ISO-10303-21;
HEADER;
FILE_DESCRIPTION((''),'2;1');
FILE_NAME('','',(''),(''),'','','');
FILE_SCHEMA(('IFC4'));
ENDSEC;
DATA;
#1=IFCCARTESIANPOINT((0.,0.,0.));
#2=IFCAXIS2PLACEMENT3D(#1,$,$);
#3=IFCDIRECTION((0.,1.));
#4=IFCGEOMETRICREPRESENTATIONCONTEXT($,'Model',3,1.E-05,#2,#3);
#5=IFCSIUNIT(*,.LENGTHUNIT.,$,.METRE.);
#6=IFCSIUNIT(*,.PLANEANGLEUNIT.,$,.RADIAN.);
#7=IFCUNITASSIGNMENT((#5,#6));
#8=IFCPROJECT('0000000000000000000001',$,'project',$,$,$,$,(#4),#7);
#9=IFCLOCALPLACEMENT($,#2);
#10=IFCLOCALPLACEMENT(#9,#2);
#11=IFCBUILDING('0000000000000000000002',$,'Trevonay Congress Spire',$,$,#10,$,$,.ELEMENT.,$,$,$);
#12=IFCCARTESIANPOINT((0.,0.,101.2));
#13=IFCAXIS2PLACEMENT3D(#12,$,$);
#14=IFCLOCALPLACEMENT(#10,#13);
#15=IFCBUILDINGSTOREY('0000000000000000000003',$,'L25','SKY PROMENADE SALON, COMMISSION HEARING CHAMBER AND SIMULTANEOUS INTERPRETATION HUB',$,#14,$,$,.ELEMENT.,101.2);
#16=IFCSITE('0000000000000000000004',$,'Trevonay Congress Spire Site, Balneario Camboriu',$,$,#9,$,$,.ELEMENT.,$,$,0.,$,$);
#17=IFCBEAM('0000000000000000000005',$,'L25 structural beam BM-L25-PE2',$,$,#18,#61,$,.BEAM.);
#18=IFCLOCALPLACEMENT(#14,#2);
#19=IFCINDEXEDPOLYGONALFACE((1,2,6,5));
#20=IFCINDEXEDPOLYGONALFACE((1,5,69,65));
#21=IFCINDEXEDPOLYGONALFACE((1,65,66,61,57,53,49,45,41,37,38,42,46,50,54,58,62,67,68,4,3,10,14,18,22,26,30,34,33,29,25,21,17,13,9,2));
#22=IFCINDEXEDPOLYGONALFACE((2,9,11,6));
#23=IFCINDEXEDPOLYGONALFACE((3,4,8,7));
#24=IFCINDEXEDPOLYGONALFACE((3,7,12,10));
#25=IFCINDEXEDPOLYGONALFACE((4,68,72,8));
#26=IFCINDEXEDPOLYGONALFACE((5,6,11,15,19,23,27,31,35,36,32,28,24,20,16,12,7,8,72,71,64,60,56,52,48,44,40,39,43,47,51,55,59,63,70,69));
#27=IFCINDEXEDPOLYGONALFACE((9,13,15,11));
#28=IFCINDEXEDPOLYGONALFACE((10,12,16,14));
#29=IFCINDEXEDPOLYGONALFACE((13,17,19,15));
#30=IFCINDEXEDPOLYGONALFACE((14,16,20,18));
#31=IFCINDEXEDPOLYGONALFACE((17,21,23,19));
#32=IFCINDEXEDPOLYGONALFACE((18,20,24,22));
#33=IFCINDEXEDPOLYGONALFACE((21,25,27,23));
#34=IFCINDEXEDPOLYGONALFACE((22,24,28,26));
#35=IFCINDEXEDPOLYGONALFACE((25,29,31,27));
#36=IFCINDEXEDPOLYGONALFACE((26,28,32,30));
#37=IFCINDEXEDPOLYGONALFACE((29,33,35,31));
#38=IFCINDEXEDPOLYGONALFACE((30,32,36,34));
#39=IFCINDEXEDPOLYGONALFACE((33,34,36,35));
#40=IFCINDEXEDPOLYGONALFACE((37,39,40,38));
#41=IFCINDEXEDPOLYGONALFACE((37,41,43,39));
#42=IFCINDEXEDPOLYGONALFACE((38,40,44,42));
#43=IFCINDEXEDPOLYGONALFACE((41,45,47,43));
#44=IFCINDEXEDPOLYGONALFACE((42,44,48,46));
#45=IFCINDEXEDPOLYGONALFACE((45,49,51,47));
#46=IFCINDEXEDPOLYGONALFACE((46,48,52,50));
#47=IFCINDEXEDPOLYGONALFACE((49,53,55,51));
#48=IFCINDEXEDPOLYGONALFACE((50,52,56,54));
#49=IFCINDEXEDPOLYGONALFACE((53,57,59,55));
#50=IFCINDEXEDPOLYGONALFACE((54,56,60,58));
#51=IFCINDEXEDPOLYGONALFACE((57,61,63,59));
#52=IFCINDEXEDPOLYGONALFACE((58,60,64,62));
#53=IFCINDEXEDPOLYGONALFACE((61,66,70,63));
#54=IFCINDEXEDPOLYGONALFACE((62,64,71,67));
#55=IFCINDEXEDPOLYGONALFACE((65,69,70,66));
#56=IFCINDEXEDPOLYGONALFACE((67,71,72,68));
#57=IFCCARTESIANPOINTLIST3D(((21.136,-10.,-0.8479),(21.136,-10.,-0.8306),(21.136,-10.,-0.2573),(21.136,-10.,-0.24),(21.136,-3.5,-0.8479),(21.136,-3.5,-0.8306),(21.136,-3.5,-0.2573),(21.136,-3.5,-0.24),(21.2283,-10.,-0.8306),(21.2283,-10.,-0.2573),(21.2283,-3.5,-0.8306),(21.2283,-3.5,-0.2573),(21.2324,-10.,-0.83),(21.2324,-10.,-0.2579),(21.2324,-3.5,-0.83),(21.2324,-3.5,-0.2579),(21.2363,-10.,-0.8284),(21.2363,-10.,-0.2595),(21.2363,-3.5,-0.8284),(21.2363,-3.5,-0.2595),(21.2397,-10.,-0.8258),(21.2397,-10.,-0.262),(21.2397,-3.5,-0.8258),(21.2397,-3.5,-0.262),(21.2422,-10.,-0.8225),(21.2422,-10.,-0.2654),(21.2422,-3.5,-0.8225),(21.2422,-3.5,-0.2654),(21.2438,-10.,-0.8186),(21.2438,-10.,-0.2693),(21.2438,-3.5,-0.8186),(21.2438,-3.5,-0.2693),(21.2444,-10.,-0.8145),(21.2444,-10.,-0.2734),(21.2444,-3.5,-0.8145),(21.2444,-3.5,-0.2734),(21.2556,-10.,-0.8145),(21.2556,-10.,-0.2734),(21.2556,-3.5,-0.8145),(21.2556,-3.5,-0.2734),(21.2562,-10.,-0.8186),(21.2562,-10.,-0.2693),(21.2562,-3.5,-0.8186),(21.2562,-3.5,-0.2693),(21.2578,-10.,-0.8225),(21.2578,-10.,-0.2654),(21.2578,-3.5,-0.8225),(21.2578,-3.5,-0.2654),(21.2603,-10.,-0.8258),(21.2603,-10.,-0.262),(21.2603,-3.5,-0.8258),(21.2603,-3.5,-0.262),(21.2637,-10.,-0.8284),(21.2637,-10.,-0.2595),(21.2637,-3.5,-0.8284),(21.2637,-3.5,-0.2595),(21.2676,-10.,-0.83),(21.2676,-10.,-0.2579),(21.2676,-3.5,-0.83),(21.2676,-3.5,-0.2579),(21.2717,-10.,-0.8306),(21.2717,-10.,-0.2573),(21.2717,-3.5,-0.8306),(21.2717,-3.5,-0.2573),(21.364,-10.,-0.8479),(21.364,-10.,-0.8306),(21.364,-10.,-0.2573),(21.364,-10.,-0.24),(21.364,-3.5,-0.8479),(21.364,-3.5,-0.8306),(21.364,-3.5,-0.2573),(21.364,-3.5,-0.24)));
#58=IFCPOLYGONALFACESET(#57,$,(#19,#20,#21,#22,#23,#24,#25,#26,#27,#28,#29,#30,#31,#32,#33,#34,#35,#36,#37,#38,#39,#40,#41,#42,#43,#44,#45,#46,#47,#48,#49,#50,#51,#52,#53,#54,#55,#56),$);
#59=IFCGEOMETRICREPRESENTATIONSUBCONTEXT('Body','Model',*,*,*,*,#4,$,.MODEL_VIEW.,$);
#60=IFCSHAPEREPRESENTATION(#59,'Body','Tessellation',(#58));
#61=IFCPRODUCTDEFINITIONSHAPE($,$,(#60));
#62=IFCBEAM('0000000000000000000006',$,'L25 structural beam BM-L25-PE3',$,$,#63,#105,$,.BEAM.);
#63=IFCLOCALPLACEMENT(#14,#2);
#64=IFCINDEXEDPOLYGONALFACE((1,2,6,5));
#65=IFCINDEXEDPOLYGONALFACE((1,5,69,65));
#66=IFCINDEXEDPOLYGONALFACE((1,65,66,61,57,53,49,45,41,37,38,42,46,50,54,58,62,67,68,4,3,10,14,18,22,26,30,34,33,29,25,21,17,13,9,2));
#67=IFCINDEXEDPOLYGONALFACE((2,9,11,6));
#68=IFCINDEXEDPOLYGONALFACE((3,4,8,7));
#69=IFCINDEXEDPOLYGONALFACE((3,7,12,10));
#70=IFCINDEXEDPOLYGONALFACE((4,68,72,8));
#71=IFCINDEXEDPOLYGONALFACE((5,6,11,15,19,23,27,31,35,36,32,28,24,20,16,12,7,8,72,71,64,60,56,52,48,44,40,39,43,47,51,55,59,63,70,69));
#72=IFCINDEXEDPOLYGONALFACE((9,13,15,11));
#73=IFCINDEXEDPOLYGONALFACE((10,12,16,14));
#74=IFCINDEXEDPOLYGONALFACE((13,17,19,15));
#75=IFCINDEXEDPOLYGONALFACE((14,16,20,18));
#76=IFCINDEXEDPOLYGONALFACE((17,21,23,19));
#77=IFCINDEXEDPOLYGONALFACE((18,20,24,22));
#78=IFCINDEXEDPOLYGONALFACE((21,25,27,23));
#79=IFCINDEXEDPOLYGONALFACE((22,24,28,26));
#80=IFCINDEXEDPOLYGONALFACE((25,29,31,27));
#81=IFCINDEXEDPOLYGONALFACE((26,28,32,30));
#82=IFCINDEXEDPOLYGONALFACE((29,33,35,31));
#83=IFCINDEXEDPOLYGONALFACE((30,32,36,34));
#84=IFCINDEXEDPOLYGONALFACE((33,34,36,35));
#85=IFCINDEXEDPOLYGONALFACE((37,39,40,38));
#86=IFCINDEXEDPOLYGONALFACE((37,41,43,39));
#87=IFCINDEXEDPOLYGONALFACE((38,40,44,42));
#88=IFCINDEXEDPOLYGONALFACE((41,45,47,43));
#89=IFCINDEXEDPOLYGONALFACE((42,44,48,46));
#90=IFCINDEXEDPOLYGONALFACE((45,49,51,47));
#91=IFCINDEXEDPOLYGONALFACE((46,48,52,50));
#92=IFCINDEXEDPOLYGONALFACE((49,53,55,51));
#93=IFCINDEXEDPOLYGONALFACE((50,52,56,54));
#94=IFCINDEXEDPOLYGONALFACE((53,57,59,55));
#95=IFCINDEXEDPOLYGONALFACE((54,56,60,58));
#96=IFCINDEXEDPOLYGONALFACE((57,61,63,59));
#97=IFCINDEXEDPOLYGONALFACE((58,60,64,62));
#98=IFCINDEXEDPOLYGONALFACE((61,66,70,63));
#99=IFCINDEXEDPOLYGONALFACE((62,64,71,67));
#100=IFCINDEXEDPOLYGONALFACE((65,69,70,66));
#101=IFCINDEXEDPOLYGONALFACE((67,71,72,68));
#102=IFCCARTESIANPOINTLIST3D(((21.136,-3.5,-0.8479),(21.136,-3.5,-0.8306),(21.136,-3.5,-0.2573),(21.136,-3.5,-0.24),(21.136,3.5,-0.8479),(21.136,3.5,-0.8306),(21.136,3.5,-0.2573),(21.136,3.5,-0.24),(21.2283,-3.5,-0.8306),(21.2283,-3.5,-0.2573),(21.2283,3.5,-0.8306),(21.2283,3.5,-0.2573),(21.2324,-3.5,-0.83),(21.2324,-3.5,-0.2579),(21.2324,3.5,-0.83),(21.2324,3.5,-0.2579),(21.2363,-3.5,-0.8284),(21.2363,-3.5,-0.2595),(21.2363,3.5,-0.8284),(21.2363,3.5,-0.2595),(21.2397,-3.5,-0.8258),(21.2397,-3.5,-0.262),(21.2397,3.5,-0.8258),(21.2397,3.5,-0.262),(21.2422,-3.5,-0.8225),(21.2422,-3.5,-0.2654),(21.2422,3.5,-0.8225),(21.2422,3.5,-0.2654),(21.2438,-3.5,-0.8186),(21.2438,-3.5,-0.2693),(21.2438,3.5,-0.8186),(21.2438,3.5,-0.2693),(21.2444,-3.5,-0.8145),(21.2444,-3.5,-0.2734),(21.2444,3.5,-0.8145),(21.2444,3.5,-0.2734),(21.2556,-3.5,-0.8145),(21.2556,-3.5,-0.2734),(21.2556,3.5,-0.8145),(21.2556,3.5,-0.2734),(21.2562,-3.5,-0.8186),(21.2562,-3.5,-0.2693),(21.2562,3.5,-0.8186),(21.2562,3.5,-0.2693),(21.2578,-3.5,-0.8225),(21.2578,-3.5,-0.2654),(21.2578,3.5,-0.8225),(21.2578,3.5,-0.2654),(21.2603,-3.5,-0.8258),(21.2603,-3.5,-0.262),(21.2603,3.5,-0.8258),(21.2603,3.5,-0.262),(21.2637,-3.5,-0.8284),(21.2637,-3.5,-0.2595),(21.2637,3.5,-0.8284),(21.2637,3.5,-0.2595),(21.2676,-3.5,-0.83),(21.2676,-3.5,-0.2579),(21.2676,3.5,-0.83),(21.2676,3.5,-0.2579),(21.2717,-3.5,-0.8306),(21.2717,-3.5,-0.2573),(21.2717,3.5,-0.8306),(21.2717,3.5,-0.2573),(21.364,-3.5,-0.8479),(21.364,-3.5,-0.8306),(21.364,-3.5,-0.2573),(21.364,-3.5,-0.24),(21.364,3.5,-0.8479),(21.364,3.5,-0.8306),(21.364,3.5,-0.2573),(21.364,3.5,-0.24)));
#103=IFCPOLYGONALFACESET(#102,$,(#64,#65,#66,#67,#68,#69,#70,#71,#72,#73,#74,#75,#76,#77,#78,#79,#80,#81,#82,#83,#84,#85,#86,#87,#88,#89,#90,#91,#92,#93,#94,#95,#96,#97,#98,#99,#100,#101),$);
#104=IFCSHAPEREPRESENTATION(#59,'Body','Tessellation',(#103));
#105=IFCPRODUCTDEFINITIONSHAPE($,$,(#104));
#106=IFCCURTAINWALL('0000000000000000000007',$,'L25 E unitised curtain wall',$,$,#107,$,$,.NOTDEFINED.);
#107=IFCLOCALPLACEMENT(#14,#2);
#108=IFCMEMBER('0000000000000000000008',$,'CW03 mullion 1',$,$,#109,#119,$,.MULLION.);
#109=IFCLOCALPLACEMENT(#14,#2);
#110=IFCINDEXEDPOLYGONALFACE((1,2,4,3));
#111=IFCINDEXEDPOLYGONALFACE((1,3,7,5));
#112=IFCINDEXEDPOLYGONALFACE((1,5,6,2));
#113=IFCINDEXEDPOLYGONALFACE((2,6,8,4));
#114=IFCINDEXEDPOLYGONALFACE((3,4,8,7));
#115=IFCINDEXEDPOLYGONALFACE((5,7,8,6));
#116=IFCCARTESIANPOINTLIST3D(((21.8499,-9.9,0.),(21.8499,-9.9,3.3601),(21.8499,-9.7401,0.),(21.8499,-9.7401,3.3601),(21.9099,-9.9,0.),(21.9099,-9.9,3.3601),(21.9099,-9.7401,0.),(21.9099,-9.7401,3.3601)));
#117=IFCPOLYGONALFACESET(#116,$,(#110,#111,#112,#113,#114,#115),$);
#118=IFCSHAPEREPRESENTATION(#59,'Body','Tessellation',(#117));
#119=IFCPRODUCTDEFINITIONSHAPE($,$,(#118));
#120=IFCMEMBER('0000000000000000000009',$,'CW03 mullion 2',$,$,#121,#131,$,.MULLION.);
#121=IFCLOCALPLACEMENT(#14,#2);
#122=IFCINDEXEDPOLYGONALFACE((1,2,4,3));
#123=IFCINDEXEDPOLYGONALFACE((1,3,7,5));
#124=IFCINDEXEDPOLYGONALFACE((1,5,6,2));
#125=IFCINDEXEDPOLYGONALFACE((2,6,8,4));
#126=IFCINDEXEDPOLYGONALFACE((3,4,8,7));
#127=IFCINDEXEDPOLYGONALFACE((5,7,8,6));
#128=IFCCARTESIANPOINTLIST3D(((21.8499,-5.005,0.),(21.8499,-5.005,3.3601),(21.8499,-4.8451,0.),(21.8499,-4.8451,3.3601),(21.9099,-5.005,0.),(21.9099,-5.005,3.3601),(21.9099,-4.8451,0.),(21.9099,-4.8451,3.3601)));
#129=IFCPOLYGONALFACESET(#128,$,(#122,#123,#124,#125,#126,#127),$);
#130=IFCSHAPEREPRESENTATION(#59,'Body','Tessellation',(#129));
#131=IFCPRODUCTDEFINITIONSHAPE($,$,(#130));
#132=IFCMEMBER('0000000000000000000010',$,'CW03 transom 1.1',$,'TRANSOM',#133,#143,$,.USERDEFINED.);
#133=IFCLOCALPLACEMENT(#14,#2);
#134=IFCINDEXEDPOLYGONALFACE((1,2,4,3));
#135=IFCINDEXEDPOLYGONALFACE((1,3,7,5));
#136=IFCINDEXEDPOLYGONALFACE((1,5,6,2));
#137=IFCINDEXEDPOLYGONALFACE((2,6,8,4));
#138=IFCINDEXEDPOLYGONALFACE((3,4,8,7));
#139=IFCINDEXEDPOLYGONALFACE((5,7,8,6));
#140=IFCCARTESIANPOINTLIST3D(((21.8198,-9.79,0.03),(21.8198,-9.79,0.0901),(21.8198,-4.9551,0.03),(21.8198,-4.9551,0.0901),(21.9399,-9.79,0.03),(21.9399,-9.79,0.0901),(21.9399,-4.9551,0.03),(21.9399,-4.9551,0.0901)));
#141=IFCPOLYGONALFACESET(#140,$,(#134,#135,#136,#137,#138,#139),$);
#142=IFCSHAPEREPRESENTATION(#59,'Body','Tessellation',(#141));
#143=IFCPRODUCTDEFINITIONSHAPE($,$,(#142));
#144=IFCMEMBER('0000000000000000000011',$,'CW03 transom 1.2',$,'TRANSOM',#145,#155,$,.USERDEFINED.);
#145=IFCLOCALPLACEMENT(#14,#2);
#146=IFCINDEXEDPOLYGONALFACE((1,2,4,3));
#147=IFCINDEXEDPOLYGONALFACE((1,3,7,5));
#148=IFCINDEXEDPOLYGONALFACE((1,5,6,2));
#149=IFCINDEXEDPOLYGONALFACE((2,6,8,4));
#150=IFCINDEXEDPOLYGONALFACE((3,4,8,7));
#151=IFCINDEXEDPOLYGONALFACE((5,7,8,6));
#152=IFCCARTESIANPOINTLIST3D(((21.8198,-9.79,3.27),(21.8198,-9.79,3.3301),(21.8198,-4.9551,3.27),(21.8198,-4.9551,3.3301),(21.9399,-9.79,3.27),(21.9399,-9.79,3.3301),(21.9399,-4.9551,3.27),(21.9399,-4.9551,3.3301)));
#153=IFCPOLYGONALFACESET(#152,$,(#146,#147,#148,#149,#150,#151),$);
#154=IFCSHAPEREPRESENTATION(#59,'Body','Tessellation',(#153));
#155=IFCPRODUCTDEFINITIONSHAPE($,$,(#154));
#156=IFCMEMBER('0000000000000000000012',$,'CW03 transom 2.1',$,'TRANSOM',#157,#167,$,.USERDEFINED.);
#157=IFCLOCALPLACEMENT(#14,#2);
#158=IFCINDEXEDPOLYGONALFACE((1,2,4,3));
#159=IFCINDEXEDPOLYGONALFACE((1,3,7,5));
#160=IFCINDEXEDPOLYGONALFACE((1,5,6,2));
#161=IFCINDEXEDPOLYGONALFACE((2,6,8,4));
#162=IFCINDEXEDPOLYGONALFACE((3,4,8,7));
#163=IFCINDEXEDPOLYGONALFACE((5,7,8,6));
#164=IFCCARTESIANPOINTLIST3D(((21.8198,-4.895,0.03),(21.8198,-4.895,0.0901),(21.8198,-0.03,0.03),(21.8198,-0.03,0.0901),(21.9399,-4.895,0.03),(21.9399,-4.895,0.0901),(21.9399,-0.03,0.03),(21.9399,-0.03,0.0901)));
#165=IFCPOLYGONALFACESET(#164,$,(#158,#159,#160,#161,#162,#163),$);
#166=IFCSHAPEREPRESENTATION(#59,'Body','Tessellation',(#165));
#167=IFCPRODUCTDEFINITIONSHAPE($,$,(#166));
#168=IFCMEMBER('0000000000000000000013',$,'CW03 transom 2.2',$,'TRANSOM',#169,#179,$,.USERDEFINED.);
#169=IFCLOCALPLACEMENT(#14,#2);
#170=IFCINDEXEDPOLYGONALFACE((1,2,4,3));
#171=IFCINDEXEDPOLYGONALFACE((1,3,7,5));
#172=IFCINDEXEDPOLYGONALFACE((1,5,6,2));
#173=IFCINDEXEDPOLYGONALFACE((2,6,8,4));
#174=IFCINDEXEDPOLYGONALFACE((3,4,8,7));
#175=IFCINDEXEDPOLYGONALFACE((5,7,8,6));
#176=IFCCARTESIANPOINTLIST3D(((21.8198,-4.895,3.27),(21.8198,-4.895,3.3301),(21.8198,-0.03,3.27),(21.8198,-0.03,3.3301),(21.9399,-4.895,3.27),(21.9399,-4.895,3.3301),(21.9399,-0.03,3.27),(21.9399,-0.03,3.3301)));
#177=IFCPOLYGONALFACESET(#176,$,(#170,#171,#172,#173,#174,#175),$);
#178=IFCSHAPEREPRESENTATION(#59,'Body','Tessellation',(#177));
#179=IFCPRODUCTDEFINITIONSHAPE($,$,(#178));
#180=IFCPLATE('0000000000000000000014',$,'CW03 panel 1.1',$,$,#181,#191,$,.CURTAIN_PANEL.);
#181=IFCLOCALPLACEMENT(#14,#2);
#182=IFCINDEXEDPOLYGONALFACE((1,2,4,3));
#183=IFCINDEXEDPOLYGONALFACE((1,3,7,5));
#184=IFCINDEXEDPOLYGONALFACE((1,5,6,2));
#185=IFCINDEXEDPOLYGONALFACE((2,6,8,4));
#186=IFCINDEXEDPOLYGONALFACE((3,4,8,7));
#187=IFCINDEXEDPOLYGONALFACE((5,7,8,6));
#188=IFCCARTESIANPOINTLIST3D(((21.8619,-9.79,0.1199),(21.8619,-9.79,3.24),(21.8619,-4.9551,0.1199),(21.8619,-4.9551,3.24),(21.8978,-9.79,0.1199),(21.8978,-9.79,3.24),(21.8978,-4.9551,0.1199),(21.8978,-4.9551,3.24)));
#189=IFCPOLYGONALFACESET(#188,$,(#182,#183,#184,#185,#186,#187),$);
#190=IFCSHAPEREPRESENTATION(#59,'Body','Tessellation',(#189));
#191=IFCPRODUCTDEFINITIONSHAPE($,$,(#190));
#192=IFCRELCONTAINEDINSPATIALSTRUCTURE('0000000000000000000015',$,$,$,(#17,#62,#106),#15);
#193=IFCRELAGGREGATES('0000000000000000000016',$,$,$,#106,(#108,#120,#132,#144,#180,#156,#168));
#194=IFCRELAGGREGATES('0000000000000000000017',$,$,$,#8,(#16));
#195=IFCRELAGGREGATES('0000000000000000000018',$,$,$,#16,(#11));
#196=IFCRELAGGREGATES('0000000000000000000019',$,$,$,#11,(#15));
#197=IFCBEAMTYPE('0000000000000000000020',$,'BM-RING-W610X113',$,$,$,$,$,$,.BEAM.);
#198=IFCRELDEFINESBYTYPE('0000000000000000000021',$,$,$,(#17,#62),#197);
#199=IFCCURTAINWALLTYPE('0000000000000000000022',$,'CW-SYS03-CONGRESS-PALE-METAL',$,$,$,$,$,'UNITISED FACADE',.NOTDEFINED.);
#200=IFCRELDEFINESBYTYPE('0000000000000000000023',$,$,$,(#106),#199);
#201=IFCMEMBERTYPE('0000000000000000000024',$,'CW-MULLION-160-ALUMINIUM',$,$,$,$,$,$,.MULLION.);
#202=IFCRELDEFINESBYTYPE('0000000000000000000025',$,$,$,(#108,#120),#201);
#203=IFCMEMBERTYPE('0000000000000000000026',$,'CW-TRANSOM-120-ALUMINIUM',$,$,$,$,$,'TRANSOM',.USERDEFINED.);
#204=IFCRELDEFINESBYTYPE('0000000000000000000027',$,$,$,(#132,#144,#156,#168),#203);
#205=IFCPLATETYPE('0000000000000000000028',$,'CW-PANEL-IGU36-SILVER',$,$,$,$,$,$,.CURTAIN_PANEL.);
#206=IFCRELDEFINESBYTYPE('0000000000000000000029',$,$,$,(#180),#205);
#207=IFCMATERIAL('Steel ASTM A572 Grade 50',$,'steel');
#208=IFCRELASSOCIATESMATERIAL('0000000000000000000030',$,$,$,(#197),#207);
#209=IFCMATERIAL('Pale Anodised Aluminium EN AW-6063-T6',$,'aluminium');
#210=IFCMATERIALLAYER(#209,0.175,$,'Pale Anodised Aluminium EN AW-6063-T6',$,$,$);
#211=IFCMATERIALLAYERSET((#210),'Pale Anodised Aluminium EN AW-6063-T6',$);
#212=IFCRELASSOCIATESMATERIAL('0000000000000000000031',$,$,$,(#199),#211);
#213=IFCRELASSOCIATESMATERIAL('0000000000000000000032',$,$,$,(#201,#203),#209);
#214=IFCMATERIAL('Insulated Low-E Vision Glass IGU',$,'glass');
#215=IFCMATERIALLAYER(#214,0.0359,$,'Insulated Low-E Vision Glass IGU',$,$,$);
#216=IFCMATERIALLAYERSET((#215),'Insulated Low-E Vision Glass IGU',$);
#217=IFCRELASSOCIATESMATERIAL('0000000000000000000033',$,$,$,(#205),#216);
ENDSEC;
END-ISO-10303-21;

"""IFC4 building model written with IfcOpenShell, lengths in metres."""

from ifc_helpers import new_model, si_unit, direction, frame, origin, origin_2d, place, context, subcontext, project, spatial, rectangle, i_section, extrude, material, layer, layer_set, material_profile, profile_set, type_object, element, aggregate, save


model = new_model("IFC4")

# Units and contexts
model_context = context("Model", 3, precision=1e-05, world=origin(), true_north=direction((0.0, 1.0)))
body_context = subcontext(model_context, "Body", "Model", "MODEL_VIEW")
ifc_project = project(units=[si_unit("LENGTHUNIT", "METRE"), si_unit("PLANEANGLEUNIT", "RADIAN")], contexts=[model_context])

# Site, building, storey
site_placement = place(None, origin())
site = spatial("IfcSite", under=ifc_project, at=site_placement, Name="Trevonay Congress Spire Site, Balneario Camboriu", CompositionType="ELEMENT", RefElevation=0.0)
building_placement = place(site_placement, origin())
building = spatial("IfcBuilding", under=site, at=building_placement, Name="Trevonay Congress Spire", CompositionType="ELEMENT")
storey_placement = place(building_placement, frame((0.0, 0.0, 101.2)))
storey = spatial("IfcBuildingStorey", under=building, at=storey_placement, Name="L25", Description="SKY PROMENADE SALON, COMMISSION HEARING CHAMBER AND SIMULTANEOUS INTERPRETATION HUB", CompositionType="ELEMENT", Elevation=101.2)

# Shared definitions
ifc_material_1 = material(Name="Steel ASTM A572 Grade 50", Category="steel")

# Beams
ifc_material_profile_1 = material_profile(ifc_material_1, i_section(OverallWidth=0.228, OverallDepth=0.6079, WebThickness=0.0112, FlangeThickness=0.0173, FilletRadius=0.0161, at=origin_2d()), Name="W610x113")
ifc_profile_set_1 = profile_set([ifc_material_profile_1], Name="Steel ASTM A572 Grade 50")
beam_type_1 = type_object("IfcBeamType", Name="BM-RING-W610X113", PredefinedType="BEAM", material=ifc_profile_set_1)
beam_1_placement = place(storey_placement, frame((21.25, -10.0, -0.5439), z_axis=(0.0, 1.0, 0.0), x_axis=(-1.0, 0.0, 0.0)))
element("IfcBeam", 1, at=beam_1_placement, inside=storey, type_object=beam_type_1, Name="L25 structural beam BM-L25-PE2", PredefinedType="BEAM", context=body_context, shape_type="SweptSolid", body=[
    extrude(i_section(OverallWidth=0.228, OverallDepth=0.6079, WebThickness=0.0112, FlangeThickness=0.0173, FilletRadius=0.0161, at=origin_2d()), origin(), (0.0, 0.0, 1.0), 6.5),
])
beam_2_placement = place(storey_placement, frame((21.25, -3.5, -0.5439), z_axis=(0.0, 1.0, 0.0), x_axis=(-1.0, 0.0, 0.0)))
element("IfcBeam", 2, at=beam_2_placement, inside=storey, type_object=beam_type_1, Name="L25 structural beam BM-L25-PE3", PredefinedType="BEAM", context=body_context, shape_type="SweptSolid", body=[
    extrude(i_section(OverallWidth=0.228, OverallDepth=0.6079, WebThickness=0.0112, FlangeThickness=0.0173, FilletRadius=0.0161, at=origin_2d()), origin(), (0.0, 0.0, 1.0), 7.0),
])

# Curtain wall, members, plate
ifc_material_2 = material(Name="Pale Anodised Aluminium EN AW-6063-T6", Category="aluminium")
ifc_layer_1 = layer(ifc_material_2, 0.175, Name="Pale Anodised Aluminium EN AW-6063-T6")
ifc_layer_set_1 = layer_set([ifc_layer_1], Name="Pale Anodised Aluminium EN AW-6063-T6")
curtain_wall_type = type_object("IfcCurtainWallType", Name="CW-SYS03-CONGRESS-PALE-METAL", ElementType="UNITISED FACADE", PredefinedType="NOTDEFINED", material=ifc_layer_set_1)
curtain_wall_placement = place(storey_placement, origin())
curtain_wall = element("IfcCurtainWall", 3, at=curtain_wall_placement, inside=storey, type_object=curtain_wall_type, Name="L25 E unitised curtain wall", PredefinedType="NOTDEFINED")
ifc_material_profile_2 = material_profile(ifc_material_2, rectangle(XDim=0.0601, YDim=0.1599, at=origin_2d()), Name="CW-MULLION-160-ALUMINIUM")
ifc_profile_set_2 = profile_set([ifc_material_profile_2], Name="Pale Anodised Aluminium EN AW-6063-T6")
member_type_1 = type_object("IfcMemberType", Name="CW-MULLION-160-ALUMINIUM", PredefinedType="MULLION", material=ifc_profile_set_2)
member_1_placement = place(storey_placement, frame((21.8799, -9.8201, 0.0), z_axis=(0.0, 0.0, 1.0), x_axis=(-1.0, 0.0, 0.0)))
member_1 = element("IfcMember", 4, at=member_1_placement, type_object=member_type_1, Name="CW03 mullion 1", PredefinedType="MULLION", context=body_context, shape_type="SweptSolid", body=[
    extrude(rectangle(XDim=0.0601, YDim=0.1599, at=origin_2d()), origin(), (0.0, 0.0, 1.0), 3.3601),
])
member_2_placement = place(storey_placement, frame((21.8799, -4.925, 0.0), z_axis=(0.0, 0.0, 1.0), x_axis=(-1.0, 0.0, 0.0)))
member_2 = element("IfcMember", 5, at=member_2_placement, type_object=member_type_1, Name="CW03 mullion 2", PredefinedType="MULLION", context=body_context, shape_type="SweptSolid", body=[
    extrude(rectangle(XDim=0.0601, YDim=0.1599, at=origin_2d()), origin(), (0.0, 0.0, 1.0), 3.3601),
])
ifc_material_profile_3 = material_profile(ifc_material_2, rectangle(XDim=0.1201, YDim=0.0601, at=origin_2d()), Name="CW-TRANSOM-120-ALUMINIUM")
ifc_profile_set_3 = profile_set([ifc_material_profile_3], Name="Pale Anodised Aluminium EN AW-6063-T6")
member_type_2 = type_object("IfcMemberType", Name="CW-TRANSOM-120-ALUMINIUM", ElementType="TRANSOM", PredefinedType="USERDEFINED", material=ifc_profile_set_3)
member_3_placement = place(storey_placement, frame((21.8799, -9.79, 0.0601), z_axis=(0.0, 1.0, 0.0), x_axis=(-1.0, 0.0, 0.0)))
member_3 = element("IfcMember", 6, at=member_3_placement, type_object=member_type_2, Name="CW03 transom 1.1", ObjectType="TRANSOM", PredefinedType="USERDEFINED", context=body_context, shape_type="SweptSolid", body=[
    extrude(rectangle(XDim=0.1201, YDim=0.0601, at=origin_2d()), origin(), (0.0, 0.0, 1.0), 4.835),
])
member_4_placement = place(storey_placement, frame((21.8799, -9.79, 3.3), z_axis=(0.0, 1.0, 0.0), x_axis=(-1.0, 0.0, 0.0)))
member_4 = element("IfcMember", 7, at=member_4_placement, type_object=member_type_2, Name="CW03 transom 1.2", ObjectType="TRANSOM", PredefinedType="USERDEFINED", context=body_context, shape_type="SweptSolid", body=[
    extrude(rectangle(XDim=0.1201, YDim=0.0601, at=origin_2d()), origin(), (0.0, 0.0, 1.0), 4.835),
])
member_5_placement = place(storey_placement, frame((21.8799, -4.895, 0.0601), z_axis=(0.0, 1.0, 0.0), x_axis=(-1.0, 0.0, 0.0)))
member_5 = element("IfcMember", 8, at=member_5_placement, type_object=member_type_2, Name="CW03 transom 2.1", ObjectType="TRANSOM", PredefinedType="USERDEFINED", context=body_context, shape_type="SweptSolid", body=[
    extrude(rectangle(XDim=0.1201, YDim=0.0601, at=origin_2d()), origin(), (0.0, 0.0, 1.0), 4.865),
])
member_6_placement = place(storey_placement, frame((21.8799, -4.895, 3.3), z_axis=(0.0, 1.0, 0.0), x_axis=(-1.0, 0.0, 0.0)))
member_6 = element("IfcMember", 9, at=member_6_placement, type_object=member_type_2, Name="CW03 transom 2.2", ObjectType="TRANSOM", PredefinedType="USERDEFINED", context=body_context, shape_type="SweptSolid", body=[
    extrude(rectangle(XDim=0.1201, YDim=0.0601, at=origin_2d()), origin(), (0.0, 0.0, 1.0), 4.865),
])
ifc_material_3 = material(Name="Insulated Low-E Vision Glass IGU", Category="glass")
ifc_layer_2 = layer(ifc_material_3, 0.0359, Name="Insulated Low-E Vision Glass IGU")
ifc_layer_set_2 = layer_set([ifc_layer_2], Name="Insulated Low-E Vision Glass IGU")
plate_type = type_object("IfcPlateType", Name="CW-PANEL-IGU36-SILVER", PredefinedType="CURTAIN_PANEL", material=ifc_layer_set_2)
plate_1_placement = place(storey_placement, frame((21.8799, -7.3726, 0.1199), z_axis=(0.0, 0.0, 1.0), x_axis=(0.0, 1.0, 0.0)))
plate_1 = element("IfcPlate", 10, at=plate_1_placement, type_object=plate_type, Name="CW03 panel 1.1", PredefinedType="CURTAIN_PANEL", context=body_context, shape_type="SweptSolid", body=[
    extrude(rectangle(XDim=4.835, YDim=0.0359, at=origin_2d()), origin(), (0.0, 0.0, 1.0), 3.1201),
])
aggregate(curtain_wall, [member_1, member_2, member_3, member_4, plate_1, member_5, member_6])

save(model, "model.ifc")
